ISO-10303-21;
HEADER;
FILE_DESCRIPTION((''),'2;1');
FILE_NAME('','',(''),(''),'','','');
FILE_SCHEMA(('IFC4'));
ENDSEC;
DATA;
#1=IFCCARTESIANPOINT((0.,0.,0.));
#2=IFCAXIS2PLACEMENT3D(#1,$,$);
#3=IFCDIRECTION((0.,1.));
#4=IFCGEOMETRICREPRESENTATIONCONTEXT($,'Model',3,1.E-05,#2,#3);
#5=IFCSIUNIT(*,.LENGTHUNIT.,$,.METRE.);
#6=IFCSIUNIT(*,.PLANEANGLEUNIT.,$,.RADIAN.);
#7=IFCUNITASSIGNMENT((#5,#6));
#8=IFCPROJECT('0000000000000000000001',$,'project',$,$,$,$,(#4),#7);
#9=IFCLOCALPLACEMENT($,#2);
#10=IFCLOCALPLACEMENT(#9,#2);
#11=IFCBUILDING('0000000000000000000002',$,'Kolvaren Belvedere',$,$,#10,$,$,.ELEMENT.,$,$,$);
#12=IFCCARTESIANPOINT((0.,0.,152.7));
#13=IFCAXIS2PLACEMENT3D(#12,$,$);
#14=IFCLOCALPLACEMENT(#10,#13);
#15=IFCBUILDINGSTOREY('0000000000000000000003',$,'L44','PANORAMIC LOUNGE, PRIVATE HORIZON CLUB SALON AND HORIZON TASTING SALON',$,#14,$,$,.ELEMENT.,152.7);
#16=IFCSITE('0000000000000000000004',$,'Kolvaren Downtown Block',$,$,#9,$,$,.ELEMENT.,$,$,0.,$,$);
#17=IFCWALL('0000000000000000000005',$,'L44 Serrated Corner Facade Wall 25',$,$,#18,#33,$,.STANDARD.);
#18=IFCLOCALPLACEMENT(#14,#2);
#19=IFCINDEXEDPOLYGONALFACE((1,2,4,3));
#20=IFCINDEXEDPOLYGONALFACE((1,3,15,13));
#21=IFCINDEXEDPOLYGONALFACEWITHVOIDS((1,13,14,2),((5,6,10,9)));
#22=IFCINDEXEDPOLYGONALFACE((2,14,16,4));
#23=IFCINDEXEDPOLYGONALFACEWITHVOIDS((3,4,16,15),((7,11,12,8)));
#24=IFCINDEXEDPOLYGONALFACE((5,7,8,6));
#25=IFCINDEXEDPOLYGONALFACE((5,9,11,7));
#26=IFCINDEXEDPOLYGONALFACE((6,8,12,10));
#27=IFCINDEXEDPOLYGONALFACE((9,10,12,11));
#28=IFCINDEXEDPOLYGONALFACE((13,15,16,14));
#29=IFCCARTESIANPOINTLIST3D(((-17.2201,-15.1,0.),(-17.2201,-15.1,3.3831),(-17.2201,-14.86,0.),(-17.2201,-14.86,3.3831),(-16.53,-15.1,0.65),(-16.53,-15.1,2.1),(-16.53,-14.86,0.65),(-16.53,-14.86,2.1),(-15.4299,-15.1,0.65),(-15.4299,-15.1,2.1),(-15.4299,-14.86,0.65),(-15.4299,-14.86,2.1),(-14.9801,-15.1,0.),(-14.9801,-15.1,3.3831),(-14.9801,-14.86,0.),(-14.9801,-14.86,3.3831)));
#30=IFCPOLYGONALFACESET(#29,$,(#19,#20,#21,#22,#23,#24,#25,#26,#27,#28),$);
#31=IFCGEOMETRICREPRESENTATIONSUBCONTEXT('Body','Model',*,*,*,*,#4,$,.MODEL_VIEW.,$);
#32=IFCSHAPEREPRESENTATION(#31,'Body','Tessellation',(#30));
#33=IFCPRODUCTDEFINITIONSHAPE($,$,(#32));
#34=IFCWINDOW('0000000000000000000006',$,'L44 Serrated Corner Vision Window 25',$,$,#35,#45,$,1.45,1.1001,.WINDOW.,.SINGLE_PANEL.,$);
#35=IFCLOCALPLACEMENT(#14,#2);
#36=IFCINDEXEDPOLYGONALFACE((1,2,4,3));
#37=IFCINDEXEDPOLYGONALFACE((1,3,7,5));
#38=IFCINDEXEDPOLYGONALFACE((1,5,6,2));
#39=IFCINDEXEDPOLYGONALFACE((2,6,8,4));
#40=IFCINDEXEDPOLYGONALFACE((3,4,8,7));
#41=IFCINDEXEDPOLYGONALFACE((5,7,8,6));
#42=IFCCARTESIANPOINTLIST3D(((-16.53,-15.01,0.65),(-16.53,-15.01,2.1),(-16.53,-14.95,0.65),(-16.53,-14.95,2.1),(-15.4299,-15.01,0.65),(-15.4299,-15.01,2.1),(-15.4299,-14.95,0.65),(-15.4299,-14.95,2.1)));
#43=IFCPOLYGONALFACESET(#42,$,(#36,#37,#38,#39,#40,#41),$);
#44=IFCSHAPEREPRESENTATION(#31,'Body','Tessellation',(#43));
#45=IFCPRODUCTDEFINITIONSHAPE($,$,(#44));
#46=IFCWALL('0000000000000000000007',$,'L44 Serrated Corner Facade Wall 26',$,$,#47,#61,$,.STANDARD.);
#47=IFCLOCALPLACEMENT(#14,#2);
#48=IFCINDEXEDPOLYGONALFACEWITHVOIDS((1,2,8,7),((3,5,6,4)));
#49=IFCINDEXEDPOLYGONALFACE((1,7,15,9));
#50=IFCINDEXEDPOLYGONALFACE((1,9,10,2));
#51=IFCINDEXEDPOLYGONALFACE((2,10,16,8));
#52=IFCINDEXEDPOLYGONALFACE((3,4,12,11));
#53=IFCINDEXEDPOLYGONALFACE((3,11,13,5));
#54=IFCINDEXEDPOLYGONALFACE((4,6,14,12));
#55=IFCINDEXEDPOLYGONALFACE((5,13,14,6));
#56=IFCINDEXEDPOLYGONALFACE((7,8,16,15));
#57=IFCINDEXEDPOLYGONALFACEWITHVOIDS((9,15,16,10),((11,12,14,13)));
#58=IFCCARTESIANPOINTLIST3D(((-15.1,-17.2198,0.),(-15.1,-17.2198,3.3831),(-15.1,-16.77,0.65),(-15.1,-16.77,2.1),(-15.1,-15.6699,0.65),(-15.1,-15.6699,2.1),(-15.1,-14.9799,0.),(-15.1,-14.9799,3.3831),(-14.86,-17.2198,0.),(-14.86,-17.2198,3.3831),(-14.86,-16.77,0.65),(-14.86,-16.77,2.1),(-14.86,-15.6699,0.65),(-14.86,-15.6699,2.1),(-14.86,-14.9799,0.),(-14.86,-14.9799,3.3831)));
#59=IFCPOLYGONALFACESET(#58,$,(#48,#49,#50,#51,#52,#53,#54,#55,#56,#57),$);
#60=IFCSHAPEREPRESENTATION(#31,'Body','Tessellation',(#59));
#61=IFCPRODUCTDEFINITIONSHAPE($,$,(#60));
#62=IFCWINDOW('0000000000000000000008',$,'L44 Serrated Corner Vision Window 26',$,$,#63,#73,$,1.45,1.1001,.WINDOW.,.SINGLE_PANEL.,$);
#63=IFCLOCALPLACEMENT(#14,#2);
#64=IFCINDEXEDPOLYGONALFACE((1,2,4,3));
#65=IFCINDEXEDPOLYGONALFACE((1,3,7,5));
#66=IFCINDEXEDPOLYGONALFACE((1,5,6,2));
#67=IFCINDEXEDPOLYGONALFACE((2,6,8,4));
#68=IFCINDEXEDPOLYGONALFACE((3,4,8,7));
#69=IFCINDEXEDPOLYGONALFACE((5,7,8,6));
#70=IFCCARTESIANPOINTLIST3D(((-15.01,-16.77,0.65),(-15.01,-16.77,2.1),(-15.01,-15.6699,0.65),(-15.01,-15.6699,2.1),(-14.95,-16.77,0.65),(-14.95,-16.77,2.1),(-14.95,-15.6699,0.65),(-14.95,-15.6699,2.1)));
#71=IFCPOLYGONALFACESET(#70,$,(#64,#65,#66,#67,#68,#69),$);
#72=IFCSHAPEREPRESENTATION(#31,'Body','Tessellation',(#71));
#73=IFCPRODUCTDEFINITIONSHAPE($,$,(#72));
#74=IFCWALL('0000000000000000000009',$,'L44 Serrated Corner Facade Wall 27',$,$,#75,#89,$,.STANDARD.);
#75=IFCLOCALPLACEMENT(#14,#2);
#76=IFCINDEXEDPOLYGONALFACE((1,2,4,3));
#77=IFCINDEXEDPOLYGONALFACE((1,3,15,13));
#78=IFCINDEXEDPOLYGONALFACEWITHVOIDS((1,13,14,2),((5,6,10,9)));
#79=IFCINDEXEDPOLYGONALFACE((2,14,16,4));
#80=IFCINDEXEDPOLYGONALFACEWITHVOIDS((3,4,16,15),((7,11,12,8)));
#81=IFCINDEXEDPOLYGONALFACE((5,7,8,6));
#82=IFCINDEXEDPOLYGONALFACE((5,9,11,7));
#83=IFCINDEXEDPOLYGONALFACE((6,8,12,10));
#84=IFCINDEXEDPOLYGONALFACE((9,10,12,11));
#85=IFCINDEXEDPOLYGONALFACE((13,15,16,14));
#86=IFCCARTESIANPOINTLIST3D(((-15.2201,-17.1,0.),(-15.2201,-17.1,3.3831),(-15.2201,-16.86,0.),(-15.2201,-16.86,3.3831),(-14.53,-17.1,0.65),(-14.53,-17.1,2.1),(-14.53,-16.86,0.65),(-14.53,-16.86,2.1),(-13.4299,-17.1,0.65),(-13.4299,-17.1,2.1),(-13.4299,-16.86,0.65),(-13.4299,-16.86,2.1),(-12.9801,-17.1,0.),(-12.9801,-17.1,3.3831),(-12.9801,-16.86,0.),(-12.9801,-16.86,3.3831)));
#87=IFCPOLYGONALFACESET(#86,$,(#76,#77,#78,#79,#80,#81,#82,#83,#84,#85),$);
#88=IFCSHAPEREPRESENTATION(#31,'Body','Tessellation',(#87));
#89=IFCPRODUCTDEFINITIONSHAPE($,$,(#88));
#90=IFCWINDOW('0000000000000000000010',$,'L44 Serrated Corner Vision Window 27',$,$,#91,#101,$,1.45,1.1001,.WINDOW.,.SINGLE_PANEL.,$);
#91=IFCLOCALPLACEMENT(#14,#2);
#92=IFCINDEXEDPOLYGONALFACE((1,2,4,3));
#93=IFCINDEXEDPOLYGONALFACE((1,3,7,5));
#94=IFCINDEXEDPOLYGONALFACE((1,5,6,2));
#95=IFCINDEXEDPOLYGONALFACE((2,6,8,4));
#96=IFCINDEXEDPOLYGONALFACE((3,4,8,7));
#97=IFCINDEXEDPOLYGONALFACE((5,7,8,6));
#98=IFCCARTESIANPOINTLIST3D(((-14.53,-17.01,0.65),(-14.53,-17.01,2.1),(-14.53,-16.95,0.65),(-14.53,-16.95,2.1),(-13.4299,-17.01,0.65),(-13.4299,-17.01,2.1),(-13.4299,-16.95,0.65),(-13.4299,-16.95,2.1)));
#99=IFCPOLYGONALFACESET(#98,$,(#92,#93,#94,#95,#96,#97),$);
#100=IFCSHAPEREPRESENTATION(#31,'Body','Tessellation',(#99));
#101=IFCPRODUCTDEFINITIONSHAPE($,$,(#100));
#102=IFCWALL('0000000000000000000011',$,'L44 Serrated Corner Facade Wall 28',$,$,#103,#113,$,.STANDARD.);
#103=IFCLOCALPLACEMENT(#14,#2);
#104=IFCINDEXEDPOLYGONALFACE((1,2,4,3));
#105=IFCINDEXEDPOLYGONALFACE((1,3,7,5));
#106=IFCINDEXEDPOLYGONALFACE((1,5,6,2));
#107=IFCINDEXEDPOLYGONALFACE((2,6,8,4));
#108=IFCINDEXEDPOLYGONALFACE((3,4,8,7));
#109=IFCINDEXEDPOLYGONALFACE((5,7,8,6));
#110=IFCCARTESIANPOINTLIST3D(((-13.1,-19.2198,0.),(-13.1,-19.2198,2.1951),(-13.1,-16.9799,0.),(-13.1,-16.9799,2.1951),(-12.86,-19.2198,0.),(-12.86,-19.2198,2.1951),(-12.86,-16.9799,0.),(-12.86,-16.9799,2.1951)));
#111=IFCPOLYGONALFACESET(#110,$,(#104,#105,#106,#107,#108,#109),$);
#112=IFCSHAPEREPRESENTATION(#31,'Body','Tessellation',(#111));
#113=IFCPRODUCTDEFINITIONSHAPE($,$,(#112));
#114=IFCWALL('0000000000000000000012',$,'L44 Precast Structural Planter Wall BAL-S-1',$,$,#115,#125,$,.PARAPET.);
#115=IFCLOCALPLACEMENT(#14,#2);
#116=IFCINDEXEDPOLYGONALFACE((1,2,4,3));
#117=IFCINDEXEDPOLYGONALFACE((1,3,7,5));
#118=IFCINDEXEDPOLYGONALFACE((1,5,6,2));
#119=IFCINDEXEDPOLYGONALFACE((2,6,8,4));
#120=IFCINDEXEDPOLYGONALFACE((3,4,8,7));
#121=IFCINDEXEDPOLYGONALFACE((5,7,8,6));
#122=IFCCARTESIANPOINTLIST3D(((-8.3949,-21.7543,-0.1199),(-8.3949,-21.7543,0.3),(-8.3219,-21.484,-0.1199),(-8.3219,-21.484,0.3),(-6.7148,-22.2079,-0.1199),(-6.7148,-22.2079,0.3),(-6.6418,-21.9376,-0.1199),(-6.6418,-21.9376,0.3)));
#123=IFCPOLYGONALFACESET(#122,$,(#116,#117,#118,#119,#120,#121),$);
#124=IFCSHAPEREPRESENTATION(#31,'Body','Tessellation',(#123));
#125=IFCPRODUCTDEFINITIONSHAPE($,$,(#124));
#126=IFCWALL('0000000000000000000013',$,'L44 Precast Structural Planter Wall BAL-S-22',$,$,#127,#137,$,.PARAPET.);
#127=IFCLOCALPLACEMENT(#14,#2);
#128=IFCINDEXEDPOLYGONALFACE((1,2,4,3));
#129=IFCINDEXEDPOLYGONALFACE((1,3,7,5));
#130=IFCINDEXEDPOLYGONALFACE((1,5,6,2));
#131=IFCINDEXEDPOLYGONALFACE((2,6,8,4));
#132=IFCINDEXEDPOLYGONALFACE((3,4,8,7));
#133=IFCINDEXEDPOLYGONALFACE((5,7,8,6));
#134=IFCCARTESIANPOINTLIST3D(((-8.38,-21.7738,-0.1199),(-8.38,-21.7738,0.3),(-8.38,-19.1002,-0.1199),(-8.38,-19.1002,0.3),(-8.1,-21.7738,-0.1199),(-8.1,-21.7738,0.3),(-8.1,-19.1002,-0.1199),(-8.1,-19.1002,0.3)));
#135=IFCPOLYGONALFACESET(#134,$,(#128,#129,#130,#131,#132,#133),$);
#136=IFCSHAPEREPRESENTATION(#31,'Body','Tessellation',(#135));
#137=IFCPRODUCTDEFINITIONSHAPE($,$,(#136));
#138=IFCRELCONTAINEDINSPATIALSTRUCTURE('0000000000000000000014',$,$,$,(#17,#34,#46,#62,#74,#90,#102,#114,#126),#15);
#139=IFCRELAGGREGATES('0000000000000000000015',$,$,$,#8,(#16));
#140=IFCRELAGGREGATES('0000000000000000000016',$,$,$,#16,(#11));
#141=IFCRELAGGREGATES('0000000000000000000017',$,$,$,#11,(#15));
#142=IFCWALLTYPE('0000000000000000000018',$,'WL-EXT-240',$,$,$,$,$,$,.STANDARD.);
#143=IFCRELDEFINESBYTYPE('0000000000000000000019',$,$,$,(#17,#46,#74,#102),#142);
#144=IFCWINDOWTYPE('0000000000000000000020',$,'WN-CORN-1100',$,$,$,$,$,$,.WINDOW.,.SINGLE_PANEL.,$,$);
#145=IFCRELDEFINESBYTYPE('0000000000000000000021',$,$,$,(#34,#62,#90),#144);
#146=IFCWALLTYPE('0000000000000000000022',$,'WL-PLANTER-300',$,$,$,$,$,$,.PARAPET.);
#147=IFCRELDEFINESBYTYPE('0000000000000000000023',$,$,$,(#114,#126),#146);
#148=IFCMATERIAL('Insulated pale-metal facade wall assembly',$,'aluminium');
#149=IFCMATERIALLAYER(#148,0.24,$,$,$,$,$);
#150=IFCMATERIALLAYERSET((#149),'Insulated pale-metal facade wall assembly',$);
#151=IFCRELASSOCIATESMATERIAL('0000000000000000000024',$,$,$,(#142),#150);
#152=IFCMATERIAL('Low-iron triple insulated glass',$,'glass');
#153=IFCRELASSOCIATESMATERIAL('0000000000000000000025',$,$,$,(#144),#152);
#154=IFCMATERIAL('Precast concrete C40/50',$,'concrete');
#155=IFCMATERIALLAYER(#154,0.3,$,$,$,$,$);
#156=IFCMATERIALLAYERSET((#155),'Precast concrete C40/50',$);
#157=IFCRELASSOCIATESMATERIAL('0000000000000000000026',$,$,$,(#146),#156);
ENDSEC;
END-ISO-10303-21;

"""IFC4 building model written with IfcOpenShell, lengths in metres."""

from ifc_helpers import new_model, si_unit, direction, frame, frame_2d, origin, place, context, subcontext, project, spatial, rectangle, extrude, material, layer, layer_set, type_object, element, fill, save


model = new_model("IFC4")

# Units and contexts
model_context = context("Model", 3, precision=1e-05, world=origin(), true_north=direction((0.0, 1.0)))
body_context = subcontext(model_context, "Body", "Model", "MODEL_VIEW")
ifc_project = project(units=[si_unit("LENGTHUNIT", "METRE"), si_unit("PLANEANGLEUNIT", "RADIAN")], contexts=[model_context])

# Site, building, storey
site_placement = place(None, origin())
site = spatial("IfcSite", under=ifc_project, at=site_placement, Name="Kolvaren Downtown Block", CompositionType="ELEMENT", RefElevation=0.0)
building_placement = place(site_placement, origin())
building = spatial("IfcBuilding", under=site, at=building_placement, Name="Kolvaren Belvedere", CompositionType="ELEMENT")
storey_placement = place(building_placement, frame((0.0, 0.0, 152.7)))
storey = spatial("IfcBuildingStorey", under=building, at=storey_placement, Name="L44", Description="PANORAMIC LOUNGE, PRIVATE HORIZON CLUB SALON AND HORIZON TASTING SALON", CompositionType="ELEMENT", Elevation=152.7)

# Shared definitions
ifc_material_1 = material(Name="Insulated pale-metal facade wall assembly", Category="aluminium")
ifc_layer_1 = layer(ifc_material_1, 0.24)
ifc_layer_set_1 = layer_set([ifc_layer_1], Name="Insulated pale-metal facade wall assembly")
wall_type_1 = type_object("IfcWallType", Name="WL-EXT-240", PredefinedType="STANDARD", material=ifc_layer_set_1)

# Walls, openings, windows
ifc_material_2 = material(Name="Low-iron triple insulated glass", Category="glass")
window_type = type_object("IfcWindowType", Name="WN-CORN-1100", PartitioningType="SINGLE_PANEL", PredefinedType="WINDOW", material=ifc_material_2)
wall_1_placement = place(storey_placement, frame((-14.98, -14.98, 0.0), z_axis=(0.0, 0.0, 1.0), x_axis=(-1.0, 0.0, 0.0)))
wall_1 = element("IfcWall", 1, at=wall_1_placement, inside=storey, type_object=wall_type_1, Name="L44 Serrated Corner Facade Wall 25", PredefinedType="STANDARD", context=body_context, shape_type="SweptSolid", body=[
    extrude(rectangle(XDim=2.24, YDim=0.24, at=frame_2d((1.1201, 0.0))), origin(), (0.0, 0.0, 1.0), 3.3831),
])
opening_1_placement = place(wall_1_placement, frame((0.45, 0.0, 0.6499)))
opening_1 = element("IfcOpeningElement", 2, at=opening_1_placement, cuts=wall_1, PredefinedType="OPENING", context=body_context, shape_type="SweptSolid", body=[
    extrude(rectangle(XDim=1.1001, YDim=1.45, at=frame_2d((0.55, 0.7251))), frame((0.0, 0.1299, 0.0), z_axis=(0.0, -1.0, 0.0), x_axis=(1.0, 0.0, 0.0)), (0.0, 0.0, 1.0), 0.26),
])
window_1_placement = place(opening_1_placement, origin())
window_1 = element("IfcWindow", 3, at=window_1_placement, inside=storey, type_object=window_type, Name="L44 Serrated Corner Vision Window 25", OverallHeight=1.45, OverallWidth=1.1001, PartitioningType="SINGLE_PANEL", PredefinedType="WINDOW", context=body_context, shape_type="SweptSolid", body=[
    extrude(rectangle(XDim=1.1001, YDim=1.45, at=frame_2d((0.55, 0.7251))), frame((0.0, 0.03, 0.0), z_axis=(0.0, -1.0, 0.0), x_axis=(1.0, 0.0, 0.0)), (0.0, 0.0, 1.0), 0.0601),
])
fill(opening_1, window_1)
wall_2_placement = place(storey_placement, frame((-14.98, -17.22, 0.0), z_axis=(0.0, 0.0, 1.0), x_axis=(0.0, 1.0, 0.0)))
wall_2 = element("IfcWall", 4, at=wall_2_placement, inside=storey, type_object=wall_type_1, Name="L44 Serrated Corner Facade Wall 26", PredefinedType="STANDARD", context=body_context, shape_type="SweptSolid", body=[
    extrude(rectangle(XDim=2.24, YDim=0.24, at=frame_2d((1.1201, 0.0))), origin(), (0.0, 0.0, 1.0), 3.3831),
])
opening_2_placement = place(wall_2_placement, frame((0.45, 0.0, 0.6499)))
opening_2 = element("IfcOpeningElement", 5, at=opening_2_placement, cuts=wall_2, PredefinedType="OPENING", context=body_context, shape_type="SweptSolid", body=[
    extrude(rectangle(XDim=1.1001, YDim=1.45, at=frame_2d((0.55, 0.7251))), frame((0.0, 0.1299, 0.0), z_axis=(0.0, -1.0, 0.0), x_axis=(1.0, 0.0, 0.0)), (0.0, 0.0, 1.0), 0.26),
])
window_2_placement = place(opening_2_placement, origin())
window_2 = element("IfcWindow", 6, at=window_2_placement, inside=storey, type_object=window_type, Name="L44 Serrated Corner Vision Window 26", OverallHeight=1.45, OverallWidth=1.1001, PartitioningType="SINGLE_PANEL", PredefinedType="WINDOW", context=body_context, shape_type="SweptSolid", body=[
    extrude(rectangle(XDim=1.1001, YDim=1.45, at=frame_2d((0.55, 0.7251))), frame((0.0, 0.03, 0.0), z_axis=(0.0, -1.0, 0.0), x_axis=(1.0, 0.0, 0.0)), (0.0, 0.0, 1.0), 0.0601),
])
fill(opening_2, window_2)
wall_3_placement = place(storey_placement, frame((-12.98, -16.98, 0.0), z_axis=(0.0, 0.0, 1.0), x_axis=(-1.0, 0.0, 0.0)))
wall_3 = element("IfcWall", 7, at=wall_3_placement, inside=storey, type_object=wall_type_1, Name="L44 Serrated Corner Facade Wall 27", PredefinedType="STANDARD", context=body_context, shape_type="SweptSolid", body=[
    extrude(rectangle(XDim=2.24, YDim=0.24, at=frame_2d((1.1201, 0.0))), origin(), (0.0, 0.0, 1.0), 3.3831),
])
opening_3_placement = place(wall_3_placement, frame((0.45, 0.0, 0.6499)))
opening_3 = element("IfcOpeningElement", 8, at=opening_3_placement, cuts=wall_3, PredefinedType="OPENING", context=body_context, shape_type="SweptSolid", body=[
    extrude(rectangle(XDim=1.1001, YDim=1.45, at=frame_2d((0.55, 0.7251))), frame((0.0, 0.1299, 0.0), z_axis=(0.0, -1.0, 0.0), x_axis=(1.0, 0.0, 0.0)), (0.0, 0.0, 1.0), 0.26),
])
window_3_placement = place(opening_3_placement, origin())
window_3 = element("IfcWindow", 9, at=window_3_placement, inside=storey, type_object=window_type, Name="L44 Serrated Corner Vision Window 27", OverallHeight=1.45, OverallWidth=1.1001, PartitioningType="SINGLE_PANEL", PredefinedType="WINDOW", context=body_context, shape_type="SweptSolid", body=[
    extrude(rectangle(XDim=1.1001, YDim=1.45, at=frame_2d((0.55, 0.7251))), frame((0.0, 0.03, 0.0), z_axis=(0.0, -1.0, 0.0), x_axis=(1.0, 0.0, 0.0)), (0.0, 0.0, 1.0), 0.0601),
])
fill(opening_3, window_3)

# Walls
wall_4_placement = place(storey_placement, frame((-12.98, -19.22, 0.0), z_axis=(0.0, 0.0, 1.0), x_axis=(0.0, 1.0, 0.0)))
element("IfcWall", 10, at=wall_4_placement, inside=storey, type_object=wall_type_1, Name="L44 Serrated Corner Facade Wall 28", PredefinedType="STANDARD", context=body_context, shape_type="SweptSolid", body=[
    extrude(rectangle(XDim=2.24, YDim=0.24, at=frame_2d((1.1201, 0.0))), origin(), (0.0, 0.0, 1.0), 2.1951),
])
ifc_material_3 = material(Name="Precast concrete C40/50", Category="concrete")
ifc_layer_2 = layer(ifc_material_3, 0.3)
ifc_layer_set_2 = layer_set([ifc_layer_2], Name="Precast concrete C40/50")
wall_type_2 = type_object("IfcWallType", Name="WL-PLANTER-300", PredefinedType="PARAPET", material=ifc_layer_set_2)
wall_5_placement = place(storey_placement, frame((-8.3584, -21.6191, -0.1199), z_axis=(0.0, 0.0, 1.0), x_axis=(0.965434, -0.260648, 0.0)))
element("IfcWall", 11, at=wall_5_placement, inside=storey, type_object=wall_type_2, Name="L44 Precast Structural Planter Wall BAL-S-1", PredefinedType="PARAPET", context=body_context, shape_type="SweptSolid", body=[
    extrude(rectangle(XDim=1.7402, YDim=0.28, at=frame_2d((0.8701, 0.0))), origin(), (0.0, 0.0, 1.0), 0.4199),
])
wall_6_placement = place(storey_placement, frame((-8.24, -19.1001, -0.1199), z_axis=(0.0, 0.0, 1.0), x_axis=(0.0, -1.0, 0.0)))
element("IfcWall", 12, at=wall_6_placement, inside=storey, type_object=wall_type_2, Name="L44 Precast Structural Planter Wall BAL-S-22", PredefinedType="PARAPET", context=body_context, shape_type="SweptSolid", body=[
    extrude(rectangle(XDim=2.6736, YDim=0.28, at=frame_2d((1.3369, 0.0))), origin(), (0.0, 0.0, 1.0), 0.4199),
])

save(model, "model.ifc")
